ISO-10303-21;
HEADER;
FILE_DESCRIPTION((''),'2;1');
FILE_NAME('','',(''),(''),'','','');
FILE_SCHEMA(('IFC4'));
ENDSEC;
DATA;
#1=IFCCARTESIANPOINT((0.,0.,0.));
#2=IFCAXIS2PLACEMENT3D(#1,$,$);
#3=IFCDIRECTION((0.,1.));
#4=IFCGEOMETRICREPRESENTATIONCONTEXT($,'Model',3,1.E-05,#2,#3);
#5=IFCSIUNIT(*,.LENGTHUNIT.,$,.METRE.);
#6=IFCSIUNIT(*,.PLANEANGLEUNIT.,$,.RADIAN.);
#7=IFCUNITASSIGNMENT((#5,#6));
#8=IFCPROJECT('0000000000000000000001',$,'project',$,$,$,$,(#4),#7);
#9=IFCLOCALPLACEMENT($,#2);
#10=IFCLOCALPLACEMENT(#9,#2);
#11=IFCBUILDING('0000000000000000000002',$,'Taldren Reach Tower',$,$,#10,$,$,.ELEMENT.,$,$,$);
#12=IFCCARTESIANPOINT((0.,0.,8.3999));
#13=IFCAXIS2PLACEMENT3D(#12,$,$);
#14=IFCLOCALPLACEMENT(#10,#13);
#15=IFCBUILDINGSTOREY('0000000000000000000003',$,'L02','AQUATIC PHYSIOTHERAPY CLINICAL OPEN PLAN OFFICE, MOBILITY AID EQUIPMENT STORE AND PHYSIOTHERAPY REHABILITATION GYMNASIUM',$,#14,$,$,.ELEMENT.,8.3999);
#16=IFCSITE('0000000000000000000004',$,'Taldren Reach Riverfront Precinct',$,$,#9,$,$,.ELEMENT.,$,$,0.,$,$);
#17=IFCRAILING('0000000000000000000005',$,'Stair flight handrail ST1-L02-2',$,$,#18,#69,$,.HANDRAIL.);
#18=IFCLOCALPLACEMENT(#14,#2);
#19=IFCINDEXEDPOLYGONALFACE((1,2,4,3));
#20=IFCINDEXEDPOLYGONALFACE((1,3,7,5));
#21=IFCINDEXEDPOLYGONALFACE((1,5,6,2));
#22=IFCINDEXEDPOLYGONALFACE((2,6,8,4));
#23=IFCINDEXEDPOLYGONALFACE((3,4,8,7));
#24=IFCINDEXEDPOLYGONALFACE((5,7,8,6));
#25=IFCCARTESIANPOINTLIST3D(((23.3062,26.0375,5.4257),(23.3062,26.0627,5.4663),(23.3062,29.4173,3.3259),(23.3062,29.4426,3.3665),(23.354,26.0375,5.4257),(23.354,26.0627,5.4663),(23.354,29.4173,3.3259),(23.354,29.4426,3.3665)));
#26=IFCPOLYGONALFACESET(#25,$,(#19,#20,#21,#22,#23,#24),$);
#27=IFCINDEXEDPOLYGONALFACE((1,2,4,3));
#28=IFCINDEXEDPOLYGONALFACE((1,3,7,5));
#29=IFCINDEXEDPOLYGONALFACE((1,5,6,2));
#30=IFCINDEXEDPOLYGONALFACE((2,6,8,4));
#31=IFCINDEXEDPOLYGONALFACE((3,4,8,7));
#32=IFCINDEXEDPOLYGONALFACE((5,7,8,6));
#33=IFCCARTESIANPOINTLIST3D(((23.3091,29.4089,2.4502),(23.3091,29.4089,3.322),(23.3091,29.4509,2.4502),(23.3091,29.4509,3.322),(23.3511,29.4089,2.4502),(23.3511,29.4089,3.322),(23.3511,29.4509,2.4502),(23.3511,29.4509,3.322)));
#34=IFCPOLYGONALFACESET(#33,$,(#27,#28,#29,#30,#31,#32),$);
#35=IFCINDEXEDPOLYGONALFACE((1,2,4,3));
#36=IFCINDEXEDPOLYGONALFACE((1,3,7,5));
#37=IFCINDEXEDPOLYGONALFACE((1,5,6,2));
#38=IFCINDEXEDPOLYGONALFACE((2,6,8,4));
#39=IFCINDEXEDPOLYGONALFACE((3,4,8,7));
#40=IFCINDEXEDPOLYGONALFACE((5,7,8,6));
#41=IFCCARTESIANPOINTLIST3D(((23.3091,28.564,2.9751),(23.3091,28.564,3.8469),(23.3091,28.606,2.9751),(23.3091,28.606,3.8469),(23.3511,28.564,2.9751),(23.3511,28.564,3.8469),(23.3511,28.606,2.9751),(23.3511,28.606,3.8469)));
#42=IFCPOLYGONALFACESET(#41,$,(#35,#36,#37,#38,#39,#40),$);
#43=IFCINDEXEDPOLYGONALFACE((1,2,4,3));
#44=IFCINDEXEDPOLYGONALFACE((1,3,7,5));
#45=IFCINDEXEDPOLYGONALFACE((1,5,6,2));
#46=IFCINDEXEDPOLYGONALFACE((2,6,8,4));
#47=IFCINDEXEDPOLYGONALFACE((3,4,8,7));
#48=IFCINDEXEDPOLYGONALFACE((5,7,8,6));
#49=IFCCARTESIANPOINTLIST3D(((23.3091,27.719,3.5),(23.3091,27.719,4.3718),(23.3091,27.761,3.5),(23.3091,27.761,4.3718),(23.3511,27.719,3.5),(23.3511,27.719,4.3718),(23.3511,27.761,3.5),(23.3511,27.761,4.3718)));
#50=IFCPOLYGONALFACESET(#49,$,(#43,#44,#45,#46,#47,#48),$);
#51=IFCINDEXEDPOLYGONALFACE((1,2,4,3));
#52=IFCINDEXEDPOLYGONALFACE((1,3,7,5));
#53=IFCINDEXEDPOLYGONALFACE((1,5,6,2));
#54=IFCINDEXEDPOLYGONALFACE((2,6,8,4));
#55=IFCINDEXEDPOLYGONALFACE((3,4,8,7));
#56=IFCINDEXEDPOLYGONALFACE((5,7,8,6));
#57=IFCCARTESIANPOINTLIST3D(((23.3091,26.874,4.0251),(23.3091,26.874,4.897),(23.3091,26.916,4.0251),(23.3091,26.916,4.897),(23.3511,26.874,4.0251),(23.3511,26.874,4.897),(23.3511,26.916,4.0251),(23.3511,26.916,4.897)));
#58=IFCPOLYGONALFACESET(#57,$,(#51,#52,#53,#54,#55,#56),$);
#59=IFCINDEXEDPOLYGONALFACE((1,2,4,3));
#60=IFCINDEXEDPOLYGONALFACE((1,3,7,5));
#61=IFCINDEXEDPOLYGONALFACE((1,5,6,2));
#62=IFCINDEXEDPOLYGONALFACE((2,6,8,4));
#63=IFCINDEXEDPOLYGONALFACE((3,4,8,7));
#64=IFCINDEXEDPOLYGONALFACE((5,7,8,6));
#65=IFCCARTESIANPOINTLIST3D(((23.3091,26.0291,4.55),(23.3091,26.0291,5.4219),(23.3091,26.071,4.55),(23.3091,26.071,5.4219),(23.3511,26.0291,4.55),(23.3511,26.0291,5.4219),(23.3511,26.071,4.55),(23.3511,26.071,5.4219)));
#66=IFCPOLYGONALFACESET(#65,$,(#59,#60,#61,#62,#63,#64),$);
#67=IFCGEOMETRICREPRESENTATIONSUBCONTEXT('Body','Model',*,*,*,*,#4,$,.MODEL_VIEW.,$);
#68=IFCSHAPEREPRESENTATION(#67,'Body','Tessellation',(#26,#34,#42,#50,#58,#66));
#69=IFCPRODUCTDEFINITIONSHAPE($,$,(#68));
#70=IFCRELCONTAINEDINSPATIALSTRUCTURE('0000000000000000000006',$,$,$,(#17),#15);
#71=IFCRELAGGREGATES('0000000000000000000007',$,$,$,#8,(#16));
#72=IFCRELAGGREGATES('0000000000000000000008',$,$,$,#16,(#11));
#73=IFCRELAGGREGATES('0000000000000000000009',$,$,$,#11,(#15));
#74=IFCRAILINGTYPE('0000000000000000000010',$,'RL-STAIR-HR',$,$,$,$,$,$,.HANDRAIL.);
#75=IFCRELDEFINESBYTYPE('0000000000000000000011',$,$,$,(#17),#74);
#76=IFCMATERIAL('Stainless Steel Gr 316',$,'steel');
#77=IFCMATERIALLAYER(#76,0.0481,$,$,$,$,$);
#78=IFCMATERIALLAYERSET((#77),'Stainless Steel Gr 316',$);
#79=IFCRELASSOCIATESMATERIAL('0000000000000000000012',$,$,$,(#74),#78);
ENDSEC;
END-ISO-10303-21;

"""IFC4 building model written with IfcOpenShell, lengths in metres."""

from ifc_helpers import new_model, si_unit, direction, frame, origin, origin_2d, place, context, subcontext, project, spatial, rectangle, extrude, material, layer, layer_set, type_object, element, save


model = new_model("IFC4")

# Units and contexts
model_context = context("Model", 3, precision=1e-05, world=origin(), true_north=direction((0.0, 1.0)))
body_context = subcontext(model_context, "Body", "Model", "MODEL_VIEW")
ifc_project = project(units=[si_unit("LENGTHUNIT", "METRE"), si_unit("PLANEANGLEUNIT", "RADIAN")], contexts=[model_context])

# Site, building, storey
site_placement = place(None, origin())
site = spatial("IfcSite", under=ifc_project, at=site_placement, Name="Taldren Reach Riverfront Precinct", CompositionType="ELEMENT", RefElevation=0.0)
building_placement = place(site_placement, origin())
building = spatial("IfcBuilding", under=site, at=building_placement, Name="Taldren Reach Tower", CompositionType="ELEMENT")
storey_placement = place(building_placement, frame((0.0, 0.0, 8.3999)))
storey = spatial("IfcBuildingStorey", under=building, at=storey_placement, Name="L02", Description="AQUATIC PHYSIOTHERAPY CLINICAL OPEN PLAN OFFICE, MOBILITY AID EQUIPMENT STORE AND PHYSIOTHERAPY REHABILITATION GYMNASIUM", CompositionType="ELEMENT", Elevation=8.3999)

# Railing
ifc_material_1 = material(Name="Stainless Steel Gr 316", Category="steel")
ifc_layer_1 = layer(ifc_material_1, 0.0481)
ifc_layer_set_1 = layer_set([ifc_layer_1], Name="Stainless Steel Gr 316")
railing_type_1 = type_object("IfcRailingType", Name="RL-STAIR-HR", PredefinedType="HANDRAIL", material=ifc_layer_set_1)
railing_1_placement = place(storey_placement, frame((23.3301, 29.4299, 2.4502)))
element("IfcRailing", 1, at=railing_1_placement, inside=storey, type_object=railing_type_1, Name="Stair flight handrail ST1-L02-2", PredefinedType="HANDRAIL", context=body_context, shape_type="SweptSolid", body=[
    extrude(rectangle(XDim=0.0479, YDim=0.0479, at=origin_2d()), frame((0.0, 0.0, 0.896), z_axis=(0.0, -0.849415, 0.527725), x_axis=(1.0, 0.0, 0.0)), (0.0, 0.0, 1.0), 3.979),
    extrude(rectangle(XDim=0.042, YDim=0.042, at=origin_2d()), origin(), (0.0, 0.0, 1.0), 0.8718),
    extrude(rectangle(XDim=0.042, YDim=0.042, at=origin_2d()), frame((0.0, -0.845, 0.5249)), (0.0, 0.0, 1.0), 0.8718),
    extrude(rectangle(XDim=0.042, YDim=0.042, at=origin_2d()), frame((0.0, -1.6899, 1.0498)), (0.0, 0.0, 1.0), 0.8718),
    extrude(rectangle(XDim=0.042, YDim=0.042, at=origin_2d()), frame((0.0, -2.5349, 1.575)), (0.0, 0.0, 1.0), 0.8718),
    extrude(rectangle(XDim=0.042, YDim=0.042, at=origin_2d()), frame((0.0, -3.3799, 2.0999)), (0.0, 0.0, 1.0), 0.8718),
])

save(model, "model.ifc")
